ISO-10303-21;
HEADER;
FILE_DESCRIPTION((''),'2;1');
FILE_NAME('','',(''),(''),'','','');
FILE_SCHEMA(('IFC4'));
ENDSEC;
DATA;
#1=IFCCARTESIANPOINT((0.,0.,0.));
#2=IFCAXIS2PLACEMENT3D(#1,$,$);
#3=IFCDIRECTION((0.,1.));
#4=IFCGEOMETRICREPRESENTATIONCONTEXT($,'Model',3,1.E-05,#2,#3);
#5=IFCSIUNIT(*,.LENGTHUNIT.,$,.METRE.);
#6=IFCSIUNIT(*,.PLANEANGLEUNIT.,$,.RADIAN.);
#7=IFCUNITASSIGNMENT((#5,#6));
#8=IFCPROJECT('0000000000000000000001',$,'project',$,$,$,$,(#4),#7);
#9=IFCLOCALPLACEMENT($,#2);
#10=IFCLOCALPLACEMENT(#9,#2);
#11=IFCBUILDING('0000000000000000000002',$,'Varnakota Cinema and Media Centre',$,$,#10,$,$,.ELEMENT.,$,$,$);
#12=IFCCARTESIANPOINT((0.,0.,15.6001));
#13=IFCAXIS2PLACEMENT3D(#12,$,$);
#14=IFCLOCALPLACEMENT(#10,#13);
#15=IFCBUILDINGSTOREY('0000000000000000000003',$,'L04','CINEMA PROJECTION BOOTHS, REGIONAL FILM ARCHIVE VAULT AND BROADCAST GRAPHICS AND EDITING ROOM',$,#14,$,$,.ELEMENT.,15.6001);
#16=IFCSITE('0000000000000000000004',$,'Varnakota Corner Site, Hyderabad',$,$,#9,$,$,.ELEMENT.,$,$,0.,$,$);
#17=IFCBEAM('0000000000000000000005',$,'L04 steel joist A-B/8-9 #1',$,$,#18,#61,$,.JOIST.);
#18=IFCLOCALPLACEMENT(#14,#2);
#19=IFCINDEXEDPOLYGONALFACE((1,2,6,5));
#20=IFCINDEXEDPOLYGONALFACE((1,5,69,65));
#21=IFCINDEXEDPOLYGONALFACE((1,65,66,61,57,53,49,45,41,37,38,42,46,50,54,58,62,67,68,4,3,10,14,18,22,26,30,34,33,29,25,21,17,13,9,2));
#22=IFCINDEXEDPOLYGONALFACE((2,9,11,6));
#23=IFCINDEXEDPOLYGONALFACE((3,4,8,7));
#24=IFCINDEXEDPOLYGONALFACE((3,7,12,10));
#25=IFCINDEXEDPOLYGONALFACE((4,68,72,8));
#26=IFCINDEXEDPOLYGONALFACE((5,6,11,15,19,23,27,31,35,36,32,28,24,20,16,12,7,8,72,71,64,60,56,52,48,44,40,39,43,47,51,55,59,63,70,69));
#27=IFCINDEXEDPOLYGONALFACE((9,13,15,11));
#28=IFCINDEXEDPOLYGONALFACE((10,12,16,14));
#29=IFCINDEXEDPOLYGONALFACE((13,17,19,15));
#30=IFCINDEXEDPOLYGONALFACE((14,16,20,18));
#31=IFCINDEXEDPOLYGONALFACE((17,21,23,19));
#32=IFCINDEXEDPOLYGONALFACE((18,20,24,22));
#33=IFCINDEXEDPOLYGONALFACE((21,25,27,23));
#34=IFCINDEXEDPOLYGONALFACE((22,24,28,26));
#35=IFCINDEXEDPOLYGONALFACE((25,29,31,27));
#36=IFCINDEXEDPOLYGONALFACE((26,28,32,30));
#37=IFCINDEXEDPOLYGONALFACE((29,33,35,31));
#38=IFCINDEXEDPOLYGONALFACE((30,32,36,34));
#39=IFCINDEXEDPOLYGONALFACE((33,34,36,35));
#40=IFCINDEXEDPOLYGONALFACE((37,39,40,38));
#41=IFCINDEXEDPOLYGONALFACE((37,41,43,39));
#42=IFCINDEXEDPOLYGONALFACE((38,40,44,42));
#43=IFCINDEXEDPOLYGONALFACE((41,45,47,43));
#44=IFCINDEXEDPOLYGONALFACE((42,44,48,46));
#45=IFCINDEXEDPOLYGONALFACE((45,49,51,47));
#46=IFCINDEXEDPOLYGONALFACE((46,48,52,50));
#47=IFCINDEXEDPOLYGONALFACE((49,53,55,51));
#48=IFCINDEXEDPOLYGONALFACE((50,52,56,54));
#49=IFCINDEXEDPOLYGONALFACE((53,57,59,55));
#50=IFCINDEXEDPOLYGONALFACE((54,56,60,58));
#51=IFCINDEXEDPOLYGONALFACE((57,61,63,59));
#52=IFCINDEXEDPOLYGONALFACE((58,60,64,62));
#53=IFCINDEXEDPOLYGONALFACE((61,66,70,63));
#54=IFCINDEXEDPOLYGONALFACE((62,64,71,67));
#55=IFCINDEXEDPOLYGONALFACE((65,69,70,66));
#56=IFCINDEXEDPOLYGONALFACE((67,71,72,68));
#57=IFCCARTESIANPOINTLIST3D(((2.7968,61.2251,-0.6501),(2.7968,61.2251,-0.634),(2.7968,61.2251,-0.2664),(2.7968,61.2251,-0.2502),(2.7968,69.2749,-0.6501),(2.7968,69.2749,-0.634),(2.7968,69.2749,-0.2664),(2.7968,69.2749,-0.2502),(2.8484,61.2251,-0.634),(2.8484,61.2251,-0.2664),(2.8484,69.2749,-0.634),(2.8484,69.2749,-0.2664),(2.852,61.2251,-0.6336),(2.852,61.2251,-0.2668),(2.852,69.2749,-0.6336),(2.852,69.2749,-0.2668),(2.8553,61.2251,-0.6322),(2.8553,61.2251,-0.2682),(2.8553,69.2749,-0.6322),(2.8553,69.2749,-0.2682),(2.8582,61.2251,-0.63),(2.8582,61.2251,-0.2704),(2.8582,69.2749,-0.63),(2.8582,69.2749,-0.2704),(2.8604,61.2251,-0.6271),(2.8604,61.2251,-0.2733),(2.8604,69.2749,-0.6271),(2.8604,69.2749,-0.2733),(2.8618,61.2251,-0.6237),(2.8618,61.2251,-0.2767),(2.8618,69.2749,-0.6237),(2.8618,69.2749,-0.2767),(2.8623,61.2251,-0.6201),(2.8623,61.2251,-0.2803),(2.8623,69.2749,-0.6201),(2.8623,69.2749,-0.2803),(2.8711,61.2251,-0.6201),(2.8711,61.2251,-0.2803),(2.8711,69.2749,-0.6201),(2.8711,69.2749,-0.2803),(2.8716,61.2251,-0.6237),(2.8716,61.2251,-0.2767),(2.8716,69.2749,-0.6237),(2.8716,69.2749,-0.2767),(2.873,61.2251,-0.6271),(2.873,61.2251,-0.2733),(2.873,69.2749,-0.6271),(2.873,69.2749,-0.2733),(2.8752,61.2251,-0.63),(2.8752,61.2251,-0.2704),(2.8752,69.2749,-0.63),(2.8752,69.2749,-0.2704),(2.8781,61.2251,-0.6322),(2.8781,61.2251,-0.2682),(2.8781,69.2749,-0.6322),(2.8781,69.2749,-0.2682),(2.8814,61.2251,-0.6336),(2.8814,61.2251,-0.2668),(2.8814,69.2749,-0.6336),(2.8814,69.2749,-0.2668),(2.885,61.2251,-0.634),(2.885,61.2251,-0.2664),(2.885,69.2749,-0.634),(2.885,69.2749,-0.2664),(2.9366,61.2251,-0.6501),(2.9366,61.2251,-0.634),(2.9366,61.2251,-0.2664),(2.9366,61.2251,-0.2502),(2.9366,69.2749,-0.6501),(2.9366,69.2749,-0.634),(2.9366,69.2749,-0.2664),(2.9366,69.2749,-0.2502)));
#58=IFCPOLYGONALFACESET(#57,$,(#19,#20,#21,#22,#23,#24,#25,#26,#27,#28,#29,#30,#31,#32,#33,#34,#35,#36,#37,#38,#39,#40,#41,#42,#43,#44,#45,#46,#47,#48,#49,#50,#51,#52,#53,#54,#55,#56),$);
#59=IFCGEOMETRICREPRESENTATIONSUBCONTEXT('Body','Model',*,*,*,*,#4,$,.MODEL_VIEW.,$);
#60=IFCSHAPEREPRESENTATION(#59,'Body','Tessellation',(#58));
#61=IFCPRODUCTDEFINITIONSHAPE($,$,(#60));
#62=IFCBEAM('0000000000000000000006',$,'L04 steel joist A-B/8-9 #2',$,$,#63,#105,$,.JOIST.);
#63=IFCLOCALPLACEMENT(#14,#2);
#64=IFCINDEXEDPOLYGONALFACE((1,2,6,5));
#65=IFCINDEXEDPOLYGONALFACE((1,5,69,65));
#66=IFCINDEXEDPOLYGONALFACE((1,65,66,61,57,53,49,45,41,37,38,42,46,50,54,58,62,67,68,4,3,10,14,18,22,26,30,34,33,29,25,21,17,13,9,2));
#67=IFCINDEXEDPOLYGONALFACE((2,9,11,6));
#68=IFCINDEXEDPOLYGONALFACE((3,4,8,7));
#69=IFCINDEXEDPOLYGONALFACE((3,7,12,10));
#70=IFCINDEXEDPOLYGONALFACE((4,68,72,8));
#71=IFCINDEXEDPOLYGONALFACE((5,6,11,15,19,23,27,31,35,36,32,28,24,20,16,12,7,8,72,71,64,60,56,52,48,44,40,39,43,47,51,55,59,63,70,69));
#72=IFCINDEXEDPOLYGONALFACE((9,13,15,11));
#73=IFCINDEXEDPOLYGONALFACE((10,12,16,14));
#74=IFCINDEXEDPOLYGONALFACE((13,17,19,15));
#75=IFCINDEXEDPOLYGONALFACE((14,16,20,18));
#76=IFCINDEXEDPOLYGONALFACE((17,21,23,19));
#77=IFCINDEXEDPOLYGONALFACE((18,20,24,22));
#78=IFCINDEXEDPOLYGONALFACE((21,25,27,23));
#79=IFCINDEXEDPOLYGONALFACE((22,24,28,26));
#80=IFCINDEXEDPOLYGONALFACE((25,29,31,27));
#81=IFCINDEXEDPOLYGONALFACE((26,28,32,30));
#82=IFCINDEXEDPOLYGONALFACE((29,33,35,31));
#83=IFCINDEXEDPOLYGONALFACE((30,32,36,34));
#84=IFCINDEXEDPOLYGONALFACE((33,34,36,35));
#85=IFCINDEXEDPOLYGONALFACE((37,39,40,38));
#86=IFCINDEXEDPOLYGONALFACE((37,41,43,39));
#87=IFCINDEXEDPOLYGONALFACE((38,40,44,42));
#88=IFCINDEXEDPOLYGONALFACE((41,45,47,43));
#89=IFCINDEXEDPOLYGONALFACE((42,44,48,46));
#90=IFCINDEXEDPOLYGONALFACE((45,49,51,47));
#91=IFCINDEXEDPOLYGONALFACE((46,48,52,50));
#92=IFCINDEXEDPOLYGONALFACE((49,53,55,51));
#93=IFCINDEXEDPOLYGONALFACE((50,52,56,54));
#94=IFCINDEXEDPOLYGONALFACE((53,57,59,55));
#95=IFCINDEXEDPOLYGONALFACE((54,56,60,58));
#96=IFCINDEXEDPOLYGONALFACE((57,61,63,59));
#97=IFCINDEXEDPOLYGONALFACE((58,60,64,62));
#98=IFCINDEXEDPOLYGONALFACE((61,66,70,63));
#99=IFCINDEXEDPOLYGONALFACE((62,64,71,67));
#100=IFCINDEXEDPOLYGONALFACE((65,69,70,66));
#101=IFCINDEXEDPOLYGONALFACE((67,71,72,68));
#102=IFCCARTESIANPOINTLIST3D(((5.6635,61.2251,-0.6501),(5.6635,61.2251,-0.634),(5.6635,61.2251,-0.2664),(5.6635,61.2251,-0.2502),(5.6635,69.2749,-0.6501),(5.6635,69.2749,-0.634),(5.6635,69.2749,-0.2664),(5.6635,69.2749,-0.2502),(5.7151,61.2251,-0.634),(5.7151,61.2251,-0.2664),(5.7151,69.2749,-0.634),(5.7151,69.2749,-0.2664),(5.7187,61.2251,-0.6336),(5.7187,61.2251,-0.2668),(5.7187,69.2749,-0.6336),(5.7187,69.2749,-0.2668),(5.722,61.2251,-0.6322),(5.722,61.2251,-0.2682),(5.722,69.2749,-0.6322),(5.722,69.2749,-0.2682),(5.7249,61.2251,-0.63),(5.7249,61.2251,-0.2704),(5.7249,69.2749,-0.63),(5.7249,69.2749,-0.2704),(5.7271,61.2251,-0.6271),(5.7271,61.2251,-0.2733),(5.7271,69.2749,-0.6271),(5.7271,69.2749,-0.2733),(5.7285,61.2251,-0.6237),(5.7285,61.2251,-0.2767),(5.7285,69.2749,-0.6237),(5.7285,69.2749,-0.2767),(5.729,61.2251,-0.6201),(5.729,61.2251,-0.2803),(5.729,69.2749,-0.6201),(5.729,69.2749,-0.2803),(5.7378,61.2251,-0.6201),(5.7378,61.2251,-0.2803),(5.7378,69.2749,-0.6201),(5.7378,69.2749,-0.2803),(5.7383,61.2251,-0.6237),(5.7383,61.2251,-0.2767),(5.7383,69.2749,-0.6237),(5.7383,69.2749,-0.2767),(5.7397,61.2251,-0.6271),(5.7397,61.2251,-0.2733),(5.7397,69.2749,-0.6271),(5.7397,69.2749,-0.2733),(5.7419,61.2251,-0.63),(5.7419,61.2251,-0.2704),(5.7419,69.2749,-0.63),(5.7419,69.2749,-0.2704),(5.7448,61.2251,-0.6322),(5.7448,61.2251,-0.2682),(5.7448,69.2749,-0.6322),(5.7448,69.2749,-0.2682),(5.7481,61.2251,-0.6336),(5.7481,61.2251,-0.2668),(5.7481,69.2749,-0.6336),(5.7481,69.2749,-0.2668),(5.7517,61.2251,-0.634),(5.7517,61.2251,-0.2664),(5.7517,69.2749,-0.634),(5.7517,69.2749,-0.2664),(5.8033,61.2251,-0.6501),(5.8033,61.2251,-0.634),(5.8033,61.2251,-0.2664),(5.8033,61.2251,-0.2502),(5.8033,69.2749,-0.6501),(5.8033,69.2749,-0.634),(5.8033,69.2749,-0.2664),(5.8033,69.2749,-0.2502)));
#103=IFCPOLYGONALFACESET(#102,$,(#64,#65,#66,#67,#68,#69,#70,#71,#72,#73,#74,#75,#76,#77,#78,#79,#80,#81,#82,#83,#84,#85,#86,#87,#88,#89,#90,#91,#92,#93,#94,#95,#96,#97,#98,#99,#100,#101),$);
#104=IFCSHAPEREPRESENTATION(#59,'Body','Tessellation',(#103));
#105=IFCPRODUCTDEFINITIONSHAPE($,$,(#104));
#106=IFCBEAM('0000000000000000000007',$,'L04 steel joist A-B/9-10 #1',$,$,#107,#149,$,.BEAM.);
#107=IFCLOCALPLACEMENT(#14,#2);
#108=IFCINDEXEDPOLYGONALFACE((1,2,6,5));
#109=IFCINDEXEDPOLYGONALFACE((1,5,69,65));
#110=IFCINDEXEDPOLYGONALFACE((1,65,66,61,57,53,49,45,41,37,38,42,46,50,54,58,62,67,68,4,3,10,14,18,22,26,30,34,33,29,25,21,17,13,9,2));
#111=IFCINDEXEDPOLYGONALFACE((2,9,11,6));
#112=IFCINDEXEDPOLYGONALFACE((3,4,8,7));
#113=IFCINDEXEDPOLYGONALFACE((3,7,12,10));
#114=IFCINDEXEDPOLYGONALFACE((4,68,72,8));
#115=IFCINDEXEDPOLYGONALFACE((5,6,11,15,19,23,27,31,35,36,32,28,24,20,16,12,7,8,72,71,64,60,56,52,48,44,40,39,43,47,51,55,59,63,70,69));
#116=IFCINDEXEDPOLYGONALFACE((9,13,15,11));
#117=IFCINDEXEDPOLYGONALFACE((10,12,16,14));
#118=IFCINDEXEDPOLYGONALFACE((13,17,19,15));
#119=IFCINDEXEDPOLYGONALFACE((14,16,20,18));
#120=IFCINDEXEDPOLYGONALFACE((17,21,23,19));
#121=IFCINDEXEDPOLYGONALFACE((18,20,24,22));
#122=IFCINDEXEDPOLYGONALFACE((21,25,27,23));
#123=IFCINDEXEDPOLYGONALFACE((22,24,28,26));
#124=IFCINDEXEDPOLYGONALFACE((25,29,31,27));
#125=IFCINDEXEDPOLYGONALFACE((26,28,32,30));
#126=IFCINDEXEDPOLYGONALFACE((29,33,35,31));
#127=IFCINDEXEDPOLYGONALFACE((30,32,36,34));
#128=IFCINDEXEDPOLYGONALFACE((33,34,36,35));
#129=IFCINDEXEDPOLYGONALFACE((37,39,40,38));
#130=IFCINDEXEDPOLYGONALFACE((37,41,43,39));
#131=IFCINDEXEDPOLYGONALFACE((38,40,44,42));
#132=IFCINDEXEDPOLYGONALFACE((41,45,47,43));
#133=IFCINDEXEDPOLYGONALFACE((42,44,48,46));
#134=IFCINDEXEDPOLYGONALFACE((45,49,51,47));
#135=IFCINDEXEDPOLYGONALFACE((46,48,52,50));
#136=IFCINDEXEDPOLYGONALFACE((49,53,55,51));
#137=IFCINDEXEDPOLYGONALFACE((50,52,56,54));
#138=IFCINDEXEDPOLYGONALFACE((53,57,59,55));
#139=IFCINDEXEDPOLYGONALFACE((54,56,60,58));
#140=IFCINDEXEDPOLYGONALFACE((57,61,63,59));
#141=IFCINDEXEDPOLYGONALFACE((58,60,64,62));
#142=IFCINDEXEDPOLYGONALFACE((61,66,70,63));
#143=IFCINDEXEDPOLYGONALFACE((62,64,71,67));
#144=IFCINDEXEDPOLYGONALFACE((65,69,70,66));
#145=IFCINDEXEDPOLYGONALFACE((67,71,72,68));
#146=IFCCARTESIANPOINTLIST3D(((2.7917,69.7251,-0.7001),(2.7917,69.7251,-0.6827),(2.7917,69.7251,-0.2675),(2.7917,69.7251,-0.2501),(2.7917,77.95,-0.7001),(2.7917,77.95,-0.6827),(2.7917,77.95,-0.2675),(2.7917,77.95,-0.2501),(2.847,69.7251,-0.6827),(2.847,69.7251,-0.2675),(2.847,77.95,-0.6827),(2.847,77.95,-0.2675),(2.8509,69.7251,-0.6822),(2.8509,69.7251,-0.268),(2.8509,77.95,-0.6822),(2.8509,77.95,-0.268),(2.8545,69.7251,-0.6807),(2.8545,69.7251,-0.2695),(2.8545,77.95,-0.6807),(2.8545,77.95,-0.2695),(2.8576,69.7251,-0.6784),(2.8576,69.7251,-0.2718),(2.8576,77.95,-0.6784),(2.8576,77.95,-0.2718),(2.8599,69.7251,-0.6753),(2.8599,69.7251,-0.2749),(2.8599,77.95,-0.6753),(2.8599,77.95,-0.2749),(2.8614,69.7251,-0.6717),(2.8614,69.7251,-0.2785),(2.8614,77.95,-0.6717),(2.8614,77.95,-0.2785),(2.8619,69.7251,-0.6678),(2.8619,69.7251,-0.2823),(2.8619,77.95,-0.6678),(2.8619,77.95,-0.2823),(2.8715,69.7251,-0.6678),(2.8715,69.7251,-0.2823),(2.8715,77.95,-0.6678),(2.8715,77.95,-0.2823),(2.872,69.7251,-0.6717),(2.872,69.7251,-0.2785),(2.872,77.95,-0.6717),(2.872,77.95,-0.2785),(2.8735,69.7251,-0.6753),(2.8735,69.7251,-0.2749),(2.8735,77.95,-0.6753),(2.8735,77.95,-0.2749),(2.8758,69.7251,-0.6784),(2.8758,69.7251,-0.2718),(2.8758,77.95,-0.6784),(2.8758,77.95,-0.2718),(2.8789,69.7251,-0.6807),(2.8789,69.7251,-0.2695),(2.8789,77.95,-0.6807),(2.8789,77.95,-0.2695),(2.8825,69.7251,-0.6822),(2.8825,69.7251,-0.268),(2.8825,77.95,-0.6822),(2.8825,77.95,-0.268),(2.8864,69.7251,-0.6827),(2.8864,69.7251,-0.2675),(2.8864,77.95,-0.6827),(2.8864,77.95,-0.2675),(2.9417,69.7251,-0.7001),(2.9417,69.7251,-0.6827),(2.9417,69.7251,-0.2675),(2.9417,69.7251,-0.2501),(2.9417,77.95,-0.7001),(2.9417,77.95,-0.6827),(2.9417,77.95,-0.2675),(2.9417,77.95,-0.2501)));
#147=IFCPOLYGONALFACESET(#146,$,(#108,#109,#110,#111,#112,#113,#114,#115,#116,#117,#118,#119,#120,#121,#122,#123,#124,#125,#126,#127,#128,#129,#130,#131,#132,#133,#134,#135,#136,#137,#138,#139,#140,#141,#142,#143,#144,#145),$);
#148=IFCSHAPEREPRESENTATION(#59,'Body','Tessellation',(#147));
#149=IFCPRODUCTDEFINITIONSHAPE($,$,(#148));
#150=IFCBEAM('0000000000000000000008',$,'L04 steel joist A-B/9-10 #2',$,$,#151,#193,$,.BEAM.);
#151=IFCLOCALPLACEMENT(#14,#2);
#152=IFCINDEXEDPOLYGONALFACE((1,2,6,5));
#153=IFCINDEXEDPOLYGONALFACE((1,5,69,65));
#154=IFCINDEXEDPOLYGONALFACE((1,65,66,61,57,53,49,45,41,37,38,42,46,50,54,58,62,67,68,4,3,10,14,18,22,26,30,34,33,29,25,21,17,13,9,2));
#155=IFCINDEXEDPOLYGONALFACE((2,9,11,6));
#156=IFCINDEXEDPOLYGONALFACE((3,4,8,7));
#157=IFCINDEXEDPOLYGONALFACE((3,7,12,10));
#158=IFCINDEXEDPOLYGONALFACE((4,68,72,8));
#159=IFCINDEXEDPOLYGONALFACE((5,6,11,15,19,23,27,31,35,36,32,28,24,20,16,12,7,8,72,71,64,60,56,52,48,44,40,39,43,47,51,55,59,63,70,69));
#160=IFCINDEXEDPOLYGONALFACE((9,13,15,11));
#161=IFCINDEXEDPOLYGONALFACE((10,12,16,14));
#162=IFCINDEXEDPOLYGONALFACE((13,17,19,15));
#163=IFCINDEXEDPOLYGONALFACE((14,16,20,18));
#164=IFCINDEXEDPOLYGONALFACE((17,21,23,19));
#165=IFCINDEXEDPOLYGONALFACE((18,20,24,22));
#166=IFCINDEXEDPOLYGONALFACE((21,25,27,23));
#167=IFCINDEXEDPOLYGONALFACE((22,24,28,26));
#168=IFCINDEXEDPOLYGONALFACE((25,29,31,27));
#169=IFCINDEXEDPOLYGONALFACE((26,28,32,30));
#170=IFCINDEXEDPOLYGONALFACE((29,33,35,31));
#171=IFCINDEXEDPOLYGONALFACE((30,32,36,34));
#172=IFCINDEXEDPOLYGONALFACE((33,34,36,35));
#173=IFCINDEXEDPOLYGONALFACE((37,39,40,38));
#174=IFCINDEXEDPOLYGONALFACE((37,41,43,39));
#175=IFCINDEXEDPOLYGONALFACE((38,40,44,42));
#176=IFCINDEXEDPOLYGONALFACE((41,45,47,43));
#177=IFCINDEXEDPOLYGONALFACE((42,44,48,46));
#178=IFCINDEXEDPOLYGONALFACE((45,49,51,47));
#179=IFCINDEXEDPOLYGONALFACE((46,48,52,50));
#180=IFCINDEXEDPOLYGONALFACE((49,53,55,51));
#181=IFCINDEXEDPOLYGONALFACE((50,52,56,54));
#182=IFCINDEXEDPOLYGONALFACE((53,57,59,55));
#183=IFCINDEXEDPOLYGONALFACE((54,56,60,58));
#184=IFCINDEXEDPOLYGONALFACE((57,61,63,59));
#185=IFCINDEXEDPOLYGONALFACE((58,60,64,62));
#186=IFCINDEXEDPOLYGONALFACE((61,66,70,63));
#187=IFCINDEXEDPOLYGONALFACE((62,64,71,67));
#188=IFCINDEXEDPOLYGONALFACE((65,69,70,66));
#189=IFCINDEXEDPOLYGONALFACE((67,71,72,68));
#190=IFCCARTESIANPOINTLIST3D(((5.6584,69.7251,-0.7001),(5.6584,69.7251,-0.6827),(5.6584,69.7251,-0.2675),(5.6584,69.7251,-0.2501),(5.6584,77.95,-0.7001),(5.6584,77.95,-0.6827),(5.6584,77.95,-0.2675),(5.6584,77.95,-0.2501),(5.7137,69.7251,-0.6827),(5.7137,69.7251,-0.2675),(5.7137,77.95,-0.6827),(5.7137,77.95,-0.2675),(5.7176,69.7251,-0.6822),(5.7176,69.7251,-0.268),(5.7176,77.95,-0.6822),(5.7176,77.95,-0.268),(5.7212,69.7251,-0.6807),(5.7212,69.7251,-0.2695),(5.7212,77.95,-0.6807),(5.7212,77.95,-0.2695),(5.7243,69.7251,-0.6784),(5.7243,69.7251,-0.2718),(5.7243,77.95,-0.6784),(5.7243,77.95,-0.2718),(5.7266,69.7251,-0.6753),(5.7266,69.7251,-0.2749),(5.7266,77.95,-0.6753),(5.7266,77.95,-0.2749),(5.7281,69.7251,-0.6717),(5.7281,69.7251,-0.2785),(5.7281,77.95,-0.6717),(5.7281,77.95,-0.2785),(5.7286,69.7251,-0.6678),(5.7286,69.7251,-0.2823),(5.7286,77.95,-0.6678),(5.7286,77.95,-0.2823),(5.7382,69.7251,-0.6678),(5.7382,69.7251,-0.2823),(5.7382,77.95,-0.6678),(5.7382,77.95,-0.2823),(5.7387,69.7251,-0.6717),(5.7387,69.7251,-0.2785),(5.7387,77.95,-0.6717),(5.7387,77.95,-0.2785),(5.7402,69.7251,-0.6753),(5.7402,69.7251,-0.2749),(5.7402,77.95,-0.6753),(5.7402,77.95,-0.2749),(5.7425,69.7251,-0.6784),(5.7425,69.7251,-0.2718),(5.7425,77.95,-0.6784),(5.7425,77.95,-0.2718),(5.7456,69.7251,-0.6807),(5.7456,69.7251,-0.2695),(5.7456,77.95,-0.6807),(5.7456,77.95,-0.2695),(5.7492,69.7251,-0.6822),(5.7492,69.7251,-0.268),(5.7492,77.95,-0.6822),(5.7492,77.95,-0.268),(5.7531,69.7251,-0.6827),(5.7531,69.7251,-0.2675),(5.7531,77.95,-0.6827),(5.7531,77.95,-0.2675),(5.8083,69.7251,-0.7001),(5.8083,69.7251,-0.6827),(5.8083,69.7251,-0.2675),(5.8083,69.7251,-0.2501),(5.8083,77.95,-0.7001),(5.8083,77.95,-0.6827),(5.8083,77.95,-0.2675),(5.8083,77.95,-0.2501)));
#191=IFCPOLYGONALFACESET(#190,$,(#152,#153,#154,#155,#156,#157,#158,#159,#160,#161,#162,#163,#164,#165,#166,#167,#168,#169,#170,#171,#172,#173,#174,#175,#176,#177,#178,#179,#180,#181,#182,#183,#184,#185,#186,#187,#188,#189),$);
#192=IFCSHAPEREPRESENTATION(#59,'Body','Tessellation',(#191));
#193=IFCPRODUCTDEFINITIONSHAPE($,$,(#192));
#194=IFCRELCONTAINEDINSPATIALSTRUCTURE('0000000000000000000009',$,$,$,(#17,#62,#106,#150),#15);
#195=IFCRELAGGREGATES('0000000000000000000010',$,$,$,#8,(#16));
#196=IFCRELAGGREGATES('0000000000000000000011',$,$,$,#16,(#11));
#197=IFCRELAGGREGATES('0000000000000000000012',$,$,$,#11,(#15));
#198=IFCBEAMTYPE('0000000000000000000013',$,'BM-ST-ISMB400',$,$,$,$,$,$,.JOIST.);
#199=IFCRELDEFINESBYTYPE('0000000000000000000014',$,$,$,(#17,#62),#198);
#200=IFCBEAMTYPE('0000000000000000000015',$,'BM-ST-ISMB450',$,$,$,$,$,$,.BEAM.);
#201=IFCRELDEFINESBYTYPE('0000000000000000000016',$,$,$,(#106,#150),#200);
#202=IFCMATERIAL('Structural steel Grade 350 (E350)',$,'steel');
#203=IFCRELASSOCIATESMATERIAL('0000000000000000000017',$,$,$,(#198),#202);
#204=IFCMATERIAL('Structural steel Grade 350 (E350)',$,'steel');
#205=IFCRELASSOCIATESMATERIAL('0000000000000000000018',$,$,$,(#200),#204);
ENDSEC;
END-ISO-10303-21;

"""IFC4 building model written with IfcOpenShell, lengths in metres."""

from ifc_helpers import new_model, si_unit, direction, frame, origin, origin_2d, place, context, subcontext, project, spatial, i_section, extrude, material, material_profile, profile_set, type_object, element, save


model = new_model("IFC4")

# Units and contexts
model_context = context("Model", 3, precision=1e-05, world=origin(), true_north=direction((0.0, 1.0)))
body_context = subcontext(model_context, "Body", "Model", "MODEL_VIEW")
ifc_project = project(units=[si_unit("LENGTHUNIT", "METRE"), si_unit("PLANEANGLEUNIT", "RADIAN")], contexts=[model_context])

# Site, building, storey
site_placement = place(None, origin())
site = spatial("IfcSite", under=ifc_project, at=site_placement, Name="Varnakota Corner Site, Hyderabad", CompositionType="ELEMENT", RefElevation=0.0)
building_placement = place(site_placement, origin())
building = spatial("IfcBuilding", under=site, at=building_placement, Name="Varnakota Cinema and Media Centre", CompositionType="ELEMENT")
storey_placement = place(building_placement, frame((0.0, 0.0, 15.6001)))
storey = spatial("IfcBuildingStorey", under=building, at=storey_placement, Name="L04", Description="CINEMA PROJECTION BOOTHS, REGIONAL FILM ARCHIVE VAULT AND BROADCAST GRAPHICS AND EDITING ROOM", CompositionType="ELEMENT", Elevation=15.6001)

# Beams
ifc_material_1 = material(Name="Structural steel Grade 350 (E350)", Category="steel")
ifc_material_profile_1 = material_profile(ifc_material_1, i_section(OverallWidth=0.1399, OverallDepth=0.3999, WebThickness=0.0088, FlangeThickness=0.0161, FilletRadius=0.0139, at=origin_2d()), Name="ISMB 400")
ifc_profile_set_1 = profile_set([ifc_material_profile_1], Name="Structural steel Grade 350 (E350)")
beam_type_1 = type_object("IfcBeamType", Name="BM-ST-ISMB400", PredefinedType="JOIST", material=ifc_profile_set_1)
for number, where, z_axis, x_axis, name in (
    (1, (2.8667, 61.2251, -0.4502), (0.0, 1.0, 0.0), (-1.0, 0.0, 0.0), "L04 steel joist A-B/8-9 #1"),
    (2, (5.7334, 61.2251, -0.4502), (0.0, 1.0, 0.0), (-1.0, 0.0, 0.0), "L04 steel joist A-B/8-9 #2"),
):
    element("IfcBeam", number, at=place(storey_placement, frame(where, z_axis=z_axis, x_axis=x_axis)), inside=storey, type_object=beam_type_1, Name=name, PredefinedType="JOIST", context=body_context, shape_type="SweptSolid", body=[
        extrude(i_section(OverallWidth=0.1399, OverallDepth=0.3999, WebThickness=0.0088, FlangeThickness=0.0161, FilletRadius=0.0139, at=origin_2d()), origin(), (0.0, 0.0, 1.0), 8.0498),
    ])
ifc_material_2 = material(Name="Structural steel Grade 350 (E350)", Category="steel")
ifc_material_profile_2 = material_profile(ifc_material_2, i_section(OverallWidth=0.1499, OverallDepth=0.45, WebThickness=0.0095, FlangeThickness=0.0173, FilletRadius=0.0149, at=origin_2d()), Name="ISMB 450")
ifc_profile_set_2 = profile_set([ifc_material_profile_2], Name="Structural steel Grade 350 (E350)")
beam_type_2 = type_object("IfcBeamType", Name="BM-ST-ISMB450", PredefinedType="BEAM", material=ifc_profile_set_2)
for number, where, z_axis, x_axis, name in (
    (3, (2.8667, 69.7251, -0.4751), (0.0, 1.0, 0.0), (-1.0, 0.0, 0.0), "L04 steel joist A-B/9-10 #1"),
    (4, (5.7334, 69.7251, -0.4751), (0.0, 1.0, 0.0), (-1.0, 0.0, 0.0), "L04 steel joist A-B/9-10 #2"),
):
    element("IfcBeam", number, at=place(storey_placement, frame(where, z_axis=z_axis, x_axis=x_axis)), inside=storey, type_object=beam_type_2, Name=name, PredefinedType="BEAM", context=body_context, shape_type="SweptSolid", body=[
        extrude(i_section(OverallWidth=0.1499, OverallDepth=0.45, WebThickness=0.0095, FlangeThickness=0.0173, FilletRadius=0.0149, at=origin_2d()), origin(), (0.0, 0.0, 1.0), 8.2249),
    ])

save(model, "model.ifc")
